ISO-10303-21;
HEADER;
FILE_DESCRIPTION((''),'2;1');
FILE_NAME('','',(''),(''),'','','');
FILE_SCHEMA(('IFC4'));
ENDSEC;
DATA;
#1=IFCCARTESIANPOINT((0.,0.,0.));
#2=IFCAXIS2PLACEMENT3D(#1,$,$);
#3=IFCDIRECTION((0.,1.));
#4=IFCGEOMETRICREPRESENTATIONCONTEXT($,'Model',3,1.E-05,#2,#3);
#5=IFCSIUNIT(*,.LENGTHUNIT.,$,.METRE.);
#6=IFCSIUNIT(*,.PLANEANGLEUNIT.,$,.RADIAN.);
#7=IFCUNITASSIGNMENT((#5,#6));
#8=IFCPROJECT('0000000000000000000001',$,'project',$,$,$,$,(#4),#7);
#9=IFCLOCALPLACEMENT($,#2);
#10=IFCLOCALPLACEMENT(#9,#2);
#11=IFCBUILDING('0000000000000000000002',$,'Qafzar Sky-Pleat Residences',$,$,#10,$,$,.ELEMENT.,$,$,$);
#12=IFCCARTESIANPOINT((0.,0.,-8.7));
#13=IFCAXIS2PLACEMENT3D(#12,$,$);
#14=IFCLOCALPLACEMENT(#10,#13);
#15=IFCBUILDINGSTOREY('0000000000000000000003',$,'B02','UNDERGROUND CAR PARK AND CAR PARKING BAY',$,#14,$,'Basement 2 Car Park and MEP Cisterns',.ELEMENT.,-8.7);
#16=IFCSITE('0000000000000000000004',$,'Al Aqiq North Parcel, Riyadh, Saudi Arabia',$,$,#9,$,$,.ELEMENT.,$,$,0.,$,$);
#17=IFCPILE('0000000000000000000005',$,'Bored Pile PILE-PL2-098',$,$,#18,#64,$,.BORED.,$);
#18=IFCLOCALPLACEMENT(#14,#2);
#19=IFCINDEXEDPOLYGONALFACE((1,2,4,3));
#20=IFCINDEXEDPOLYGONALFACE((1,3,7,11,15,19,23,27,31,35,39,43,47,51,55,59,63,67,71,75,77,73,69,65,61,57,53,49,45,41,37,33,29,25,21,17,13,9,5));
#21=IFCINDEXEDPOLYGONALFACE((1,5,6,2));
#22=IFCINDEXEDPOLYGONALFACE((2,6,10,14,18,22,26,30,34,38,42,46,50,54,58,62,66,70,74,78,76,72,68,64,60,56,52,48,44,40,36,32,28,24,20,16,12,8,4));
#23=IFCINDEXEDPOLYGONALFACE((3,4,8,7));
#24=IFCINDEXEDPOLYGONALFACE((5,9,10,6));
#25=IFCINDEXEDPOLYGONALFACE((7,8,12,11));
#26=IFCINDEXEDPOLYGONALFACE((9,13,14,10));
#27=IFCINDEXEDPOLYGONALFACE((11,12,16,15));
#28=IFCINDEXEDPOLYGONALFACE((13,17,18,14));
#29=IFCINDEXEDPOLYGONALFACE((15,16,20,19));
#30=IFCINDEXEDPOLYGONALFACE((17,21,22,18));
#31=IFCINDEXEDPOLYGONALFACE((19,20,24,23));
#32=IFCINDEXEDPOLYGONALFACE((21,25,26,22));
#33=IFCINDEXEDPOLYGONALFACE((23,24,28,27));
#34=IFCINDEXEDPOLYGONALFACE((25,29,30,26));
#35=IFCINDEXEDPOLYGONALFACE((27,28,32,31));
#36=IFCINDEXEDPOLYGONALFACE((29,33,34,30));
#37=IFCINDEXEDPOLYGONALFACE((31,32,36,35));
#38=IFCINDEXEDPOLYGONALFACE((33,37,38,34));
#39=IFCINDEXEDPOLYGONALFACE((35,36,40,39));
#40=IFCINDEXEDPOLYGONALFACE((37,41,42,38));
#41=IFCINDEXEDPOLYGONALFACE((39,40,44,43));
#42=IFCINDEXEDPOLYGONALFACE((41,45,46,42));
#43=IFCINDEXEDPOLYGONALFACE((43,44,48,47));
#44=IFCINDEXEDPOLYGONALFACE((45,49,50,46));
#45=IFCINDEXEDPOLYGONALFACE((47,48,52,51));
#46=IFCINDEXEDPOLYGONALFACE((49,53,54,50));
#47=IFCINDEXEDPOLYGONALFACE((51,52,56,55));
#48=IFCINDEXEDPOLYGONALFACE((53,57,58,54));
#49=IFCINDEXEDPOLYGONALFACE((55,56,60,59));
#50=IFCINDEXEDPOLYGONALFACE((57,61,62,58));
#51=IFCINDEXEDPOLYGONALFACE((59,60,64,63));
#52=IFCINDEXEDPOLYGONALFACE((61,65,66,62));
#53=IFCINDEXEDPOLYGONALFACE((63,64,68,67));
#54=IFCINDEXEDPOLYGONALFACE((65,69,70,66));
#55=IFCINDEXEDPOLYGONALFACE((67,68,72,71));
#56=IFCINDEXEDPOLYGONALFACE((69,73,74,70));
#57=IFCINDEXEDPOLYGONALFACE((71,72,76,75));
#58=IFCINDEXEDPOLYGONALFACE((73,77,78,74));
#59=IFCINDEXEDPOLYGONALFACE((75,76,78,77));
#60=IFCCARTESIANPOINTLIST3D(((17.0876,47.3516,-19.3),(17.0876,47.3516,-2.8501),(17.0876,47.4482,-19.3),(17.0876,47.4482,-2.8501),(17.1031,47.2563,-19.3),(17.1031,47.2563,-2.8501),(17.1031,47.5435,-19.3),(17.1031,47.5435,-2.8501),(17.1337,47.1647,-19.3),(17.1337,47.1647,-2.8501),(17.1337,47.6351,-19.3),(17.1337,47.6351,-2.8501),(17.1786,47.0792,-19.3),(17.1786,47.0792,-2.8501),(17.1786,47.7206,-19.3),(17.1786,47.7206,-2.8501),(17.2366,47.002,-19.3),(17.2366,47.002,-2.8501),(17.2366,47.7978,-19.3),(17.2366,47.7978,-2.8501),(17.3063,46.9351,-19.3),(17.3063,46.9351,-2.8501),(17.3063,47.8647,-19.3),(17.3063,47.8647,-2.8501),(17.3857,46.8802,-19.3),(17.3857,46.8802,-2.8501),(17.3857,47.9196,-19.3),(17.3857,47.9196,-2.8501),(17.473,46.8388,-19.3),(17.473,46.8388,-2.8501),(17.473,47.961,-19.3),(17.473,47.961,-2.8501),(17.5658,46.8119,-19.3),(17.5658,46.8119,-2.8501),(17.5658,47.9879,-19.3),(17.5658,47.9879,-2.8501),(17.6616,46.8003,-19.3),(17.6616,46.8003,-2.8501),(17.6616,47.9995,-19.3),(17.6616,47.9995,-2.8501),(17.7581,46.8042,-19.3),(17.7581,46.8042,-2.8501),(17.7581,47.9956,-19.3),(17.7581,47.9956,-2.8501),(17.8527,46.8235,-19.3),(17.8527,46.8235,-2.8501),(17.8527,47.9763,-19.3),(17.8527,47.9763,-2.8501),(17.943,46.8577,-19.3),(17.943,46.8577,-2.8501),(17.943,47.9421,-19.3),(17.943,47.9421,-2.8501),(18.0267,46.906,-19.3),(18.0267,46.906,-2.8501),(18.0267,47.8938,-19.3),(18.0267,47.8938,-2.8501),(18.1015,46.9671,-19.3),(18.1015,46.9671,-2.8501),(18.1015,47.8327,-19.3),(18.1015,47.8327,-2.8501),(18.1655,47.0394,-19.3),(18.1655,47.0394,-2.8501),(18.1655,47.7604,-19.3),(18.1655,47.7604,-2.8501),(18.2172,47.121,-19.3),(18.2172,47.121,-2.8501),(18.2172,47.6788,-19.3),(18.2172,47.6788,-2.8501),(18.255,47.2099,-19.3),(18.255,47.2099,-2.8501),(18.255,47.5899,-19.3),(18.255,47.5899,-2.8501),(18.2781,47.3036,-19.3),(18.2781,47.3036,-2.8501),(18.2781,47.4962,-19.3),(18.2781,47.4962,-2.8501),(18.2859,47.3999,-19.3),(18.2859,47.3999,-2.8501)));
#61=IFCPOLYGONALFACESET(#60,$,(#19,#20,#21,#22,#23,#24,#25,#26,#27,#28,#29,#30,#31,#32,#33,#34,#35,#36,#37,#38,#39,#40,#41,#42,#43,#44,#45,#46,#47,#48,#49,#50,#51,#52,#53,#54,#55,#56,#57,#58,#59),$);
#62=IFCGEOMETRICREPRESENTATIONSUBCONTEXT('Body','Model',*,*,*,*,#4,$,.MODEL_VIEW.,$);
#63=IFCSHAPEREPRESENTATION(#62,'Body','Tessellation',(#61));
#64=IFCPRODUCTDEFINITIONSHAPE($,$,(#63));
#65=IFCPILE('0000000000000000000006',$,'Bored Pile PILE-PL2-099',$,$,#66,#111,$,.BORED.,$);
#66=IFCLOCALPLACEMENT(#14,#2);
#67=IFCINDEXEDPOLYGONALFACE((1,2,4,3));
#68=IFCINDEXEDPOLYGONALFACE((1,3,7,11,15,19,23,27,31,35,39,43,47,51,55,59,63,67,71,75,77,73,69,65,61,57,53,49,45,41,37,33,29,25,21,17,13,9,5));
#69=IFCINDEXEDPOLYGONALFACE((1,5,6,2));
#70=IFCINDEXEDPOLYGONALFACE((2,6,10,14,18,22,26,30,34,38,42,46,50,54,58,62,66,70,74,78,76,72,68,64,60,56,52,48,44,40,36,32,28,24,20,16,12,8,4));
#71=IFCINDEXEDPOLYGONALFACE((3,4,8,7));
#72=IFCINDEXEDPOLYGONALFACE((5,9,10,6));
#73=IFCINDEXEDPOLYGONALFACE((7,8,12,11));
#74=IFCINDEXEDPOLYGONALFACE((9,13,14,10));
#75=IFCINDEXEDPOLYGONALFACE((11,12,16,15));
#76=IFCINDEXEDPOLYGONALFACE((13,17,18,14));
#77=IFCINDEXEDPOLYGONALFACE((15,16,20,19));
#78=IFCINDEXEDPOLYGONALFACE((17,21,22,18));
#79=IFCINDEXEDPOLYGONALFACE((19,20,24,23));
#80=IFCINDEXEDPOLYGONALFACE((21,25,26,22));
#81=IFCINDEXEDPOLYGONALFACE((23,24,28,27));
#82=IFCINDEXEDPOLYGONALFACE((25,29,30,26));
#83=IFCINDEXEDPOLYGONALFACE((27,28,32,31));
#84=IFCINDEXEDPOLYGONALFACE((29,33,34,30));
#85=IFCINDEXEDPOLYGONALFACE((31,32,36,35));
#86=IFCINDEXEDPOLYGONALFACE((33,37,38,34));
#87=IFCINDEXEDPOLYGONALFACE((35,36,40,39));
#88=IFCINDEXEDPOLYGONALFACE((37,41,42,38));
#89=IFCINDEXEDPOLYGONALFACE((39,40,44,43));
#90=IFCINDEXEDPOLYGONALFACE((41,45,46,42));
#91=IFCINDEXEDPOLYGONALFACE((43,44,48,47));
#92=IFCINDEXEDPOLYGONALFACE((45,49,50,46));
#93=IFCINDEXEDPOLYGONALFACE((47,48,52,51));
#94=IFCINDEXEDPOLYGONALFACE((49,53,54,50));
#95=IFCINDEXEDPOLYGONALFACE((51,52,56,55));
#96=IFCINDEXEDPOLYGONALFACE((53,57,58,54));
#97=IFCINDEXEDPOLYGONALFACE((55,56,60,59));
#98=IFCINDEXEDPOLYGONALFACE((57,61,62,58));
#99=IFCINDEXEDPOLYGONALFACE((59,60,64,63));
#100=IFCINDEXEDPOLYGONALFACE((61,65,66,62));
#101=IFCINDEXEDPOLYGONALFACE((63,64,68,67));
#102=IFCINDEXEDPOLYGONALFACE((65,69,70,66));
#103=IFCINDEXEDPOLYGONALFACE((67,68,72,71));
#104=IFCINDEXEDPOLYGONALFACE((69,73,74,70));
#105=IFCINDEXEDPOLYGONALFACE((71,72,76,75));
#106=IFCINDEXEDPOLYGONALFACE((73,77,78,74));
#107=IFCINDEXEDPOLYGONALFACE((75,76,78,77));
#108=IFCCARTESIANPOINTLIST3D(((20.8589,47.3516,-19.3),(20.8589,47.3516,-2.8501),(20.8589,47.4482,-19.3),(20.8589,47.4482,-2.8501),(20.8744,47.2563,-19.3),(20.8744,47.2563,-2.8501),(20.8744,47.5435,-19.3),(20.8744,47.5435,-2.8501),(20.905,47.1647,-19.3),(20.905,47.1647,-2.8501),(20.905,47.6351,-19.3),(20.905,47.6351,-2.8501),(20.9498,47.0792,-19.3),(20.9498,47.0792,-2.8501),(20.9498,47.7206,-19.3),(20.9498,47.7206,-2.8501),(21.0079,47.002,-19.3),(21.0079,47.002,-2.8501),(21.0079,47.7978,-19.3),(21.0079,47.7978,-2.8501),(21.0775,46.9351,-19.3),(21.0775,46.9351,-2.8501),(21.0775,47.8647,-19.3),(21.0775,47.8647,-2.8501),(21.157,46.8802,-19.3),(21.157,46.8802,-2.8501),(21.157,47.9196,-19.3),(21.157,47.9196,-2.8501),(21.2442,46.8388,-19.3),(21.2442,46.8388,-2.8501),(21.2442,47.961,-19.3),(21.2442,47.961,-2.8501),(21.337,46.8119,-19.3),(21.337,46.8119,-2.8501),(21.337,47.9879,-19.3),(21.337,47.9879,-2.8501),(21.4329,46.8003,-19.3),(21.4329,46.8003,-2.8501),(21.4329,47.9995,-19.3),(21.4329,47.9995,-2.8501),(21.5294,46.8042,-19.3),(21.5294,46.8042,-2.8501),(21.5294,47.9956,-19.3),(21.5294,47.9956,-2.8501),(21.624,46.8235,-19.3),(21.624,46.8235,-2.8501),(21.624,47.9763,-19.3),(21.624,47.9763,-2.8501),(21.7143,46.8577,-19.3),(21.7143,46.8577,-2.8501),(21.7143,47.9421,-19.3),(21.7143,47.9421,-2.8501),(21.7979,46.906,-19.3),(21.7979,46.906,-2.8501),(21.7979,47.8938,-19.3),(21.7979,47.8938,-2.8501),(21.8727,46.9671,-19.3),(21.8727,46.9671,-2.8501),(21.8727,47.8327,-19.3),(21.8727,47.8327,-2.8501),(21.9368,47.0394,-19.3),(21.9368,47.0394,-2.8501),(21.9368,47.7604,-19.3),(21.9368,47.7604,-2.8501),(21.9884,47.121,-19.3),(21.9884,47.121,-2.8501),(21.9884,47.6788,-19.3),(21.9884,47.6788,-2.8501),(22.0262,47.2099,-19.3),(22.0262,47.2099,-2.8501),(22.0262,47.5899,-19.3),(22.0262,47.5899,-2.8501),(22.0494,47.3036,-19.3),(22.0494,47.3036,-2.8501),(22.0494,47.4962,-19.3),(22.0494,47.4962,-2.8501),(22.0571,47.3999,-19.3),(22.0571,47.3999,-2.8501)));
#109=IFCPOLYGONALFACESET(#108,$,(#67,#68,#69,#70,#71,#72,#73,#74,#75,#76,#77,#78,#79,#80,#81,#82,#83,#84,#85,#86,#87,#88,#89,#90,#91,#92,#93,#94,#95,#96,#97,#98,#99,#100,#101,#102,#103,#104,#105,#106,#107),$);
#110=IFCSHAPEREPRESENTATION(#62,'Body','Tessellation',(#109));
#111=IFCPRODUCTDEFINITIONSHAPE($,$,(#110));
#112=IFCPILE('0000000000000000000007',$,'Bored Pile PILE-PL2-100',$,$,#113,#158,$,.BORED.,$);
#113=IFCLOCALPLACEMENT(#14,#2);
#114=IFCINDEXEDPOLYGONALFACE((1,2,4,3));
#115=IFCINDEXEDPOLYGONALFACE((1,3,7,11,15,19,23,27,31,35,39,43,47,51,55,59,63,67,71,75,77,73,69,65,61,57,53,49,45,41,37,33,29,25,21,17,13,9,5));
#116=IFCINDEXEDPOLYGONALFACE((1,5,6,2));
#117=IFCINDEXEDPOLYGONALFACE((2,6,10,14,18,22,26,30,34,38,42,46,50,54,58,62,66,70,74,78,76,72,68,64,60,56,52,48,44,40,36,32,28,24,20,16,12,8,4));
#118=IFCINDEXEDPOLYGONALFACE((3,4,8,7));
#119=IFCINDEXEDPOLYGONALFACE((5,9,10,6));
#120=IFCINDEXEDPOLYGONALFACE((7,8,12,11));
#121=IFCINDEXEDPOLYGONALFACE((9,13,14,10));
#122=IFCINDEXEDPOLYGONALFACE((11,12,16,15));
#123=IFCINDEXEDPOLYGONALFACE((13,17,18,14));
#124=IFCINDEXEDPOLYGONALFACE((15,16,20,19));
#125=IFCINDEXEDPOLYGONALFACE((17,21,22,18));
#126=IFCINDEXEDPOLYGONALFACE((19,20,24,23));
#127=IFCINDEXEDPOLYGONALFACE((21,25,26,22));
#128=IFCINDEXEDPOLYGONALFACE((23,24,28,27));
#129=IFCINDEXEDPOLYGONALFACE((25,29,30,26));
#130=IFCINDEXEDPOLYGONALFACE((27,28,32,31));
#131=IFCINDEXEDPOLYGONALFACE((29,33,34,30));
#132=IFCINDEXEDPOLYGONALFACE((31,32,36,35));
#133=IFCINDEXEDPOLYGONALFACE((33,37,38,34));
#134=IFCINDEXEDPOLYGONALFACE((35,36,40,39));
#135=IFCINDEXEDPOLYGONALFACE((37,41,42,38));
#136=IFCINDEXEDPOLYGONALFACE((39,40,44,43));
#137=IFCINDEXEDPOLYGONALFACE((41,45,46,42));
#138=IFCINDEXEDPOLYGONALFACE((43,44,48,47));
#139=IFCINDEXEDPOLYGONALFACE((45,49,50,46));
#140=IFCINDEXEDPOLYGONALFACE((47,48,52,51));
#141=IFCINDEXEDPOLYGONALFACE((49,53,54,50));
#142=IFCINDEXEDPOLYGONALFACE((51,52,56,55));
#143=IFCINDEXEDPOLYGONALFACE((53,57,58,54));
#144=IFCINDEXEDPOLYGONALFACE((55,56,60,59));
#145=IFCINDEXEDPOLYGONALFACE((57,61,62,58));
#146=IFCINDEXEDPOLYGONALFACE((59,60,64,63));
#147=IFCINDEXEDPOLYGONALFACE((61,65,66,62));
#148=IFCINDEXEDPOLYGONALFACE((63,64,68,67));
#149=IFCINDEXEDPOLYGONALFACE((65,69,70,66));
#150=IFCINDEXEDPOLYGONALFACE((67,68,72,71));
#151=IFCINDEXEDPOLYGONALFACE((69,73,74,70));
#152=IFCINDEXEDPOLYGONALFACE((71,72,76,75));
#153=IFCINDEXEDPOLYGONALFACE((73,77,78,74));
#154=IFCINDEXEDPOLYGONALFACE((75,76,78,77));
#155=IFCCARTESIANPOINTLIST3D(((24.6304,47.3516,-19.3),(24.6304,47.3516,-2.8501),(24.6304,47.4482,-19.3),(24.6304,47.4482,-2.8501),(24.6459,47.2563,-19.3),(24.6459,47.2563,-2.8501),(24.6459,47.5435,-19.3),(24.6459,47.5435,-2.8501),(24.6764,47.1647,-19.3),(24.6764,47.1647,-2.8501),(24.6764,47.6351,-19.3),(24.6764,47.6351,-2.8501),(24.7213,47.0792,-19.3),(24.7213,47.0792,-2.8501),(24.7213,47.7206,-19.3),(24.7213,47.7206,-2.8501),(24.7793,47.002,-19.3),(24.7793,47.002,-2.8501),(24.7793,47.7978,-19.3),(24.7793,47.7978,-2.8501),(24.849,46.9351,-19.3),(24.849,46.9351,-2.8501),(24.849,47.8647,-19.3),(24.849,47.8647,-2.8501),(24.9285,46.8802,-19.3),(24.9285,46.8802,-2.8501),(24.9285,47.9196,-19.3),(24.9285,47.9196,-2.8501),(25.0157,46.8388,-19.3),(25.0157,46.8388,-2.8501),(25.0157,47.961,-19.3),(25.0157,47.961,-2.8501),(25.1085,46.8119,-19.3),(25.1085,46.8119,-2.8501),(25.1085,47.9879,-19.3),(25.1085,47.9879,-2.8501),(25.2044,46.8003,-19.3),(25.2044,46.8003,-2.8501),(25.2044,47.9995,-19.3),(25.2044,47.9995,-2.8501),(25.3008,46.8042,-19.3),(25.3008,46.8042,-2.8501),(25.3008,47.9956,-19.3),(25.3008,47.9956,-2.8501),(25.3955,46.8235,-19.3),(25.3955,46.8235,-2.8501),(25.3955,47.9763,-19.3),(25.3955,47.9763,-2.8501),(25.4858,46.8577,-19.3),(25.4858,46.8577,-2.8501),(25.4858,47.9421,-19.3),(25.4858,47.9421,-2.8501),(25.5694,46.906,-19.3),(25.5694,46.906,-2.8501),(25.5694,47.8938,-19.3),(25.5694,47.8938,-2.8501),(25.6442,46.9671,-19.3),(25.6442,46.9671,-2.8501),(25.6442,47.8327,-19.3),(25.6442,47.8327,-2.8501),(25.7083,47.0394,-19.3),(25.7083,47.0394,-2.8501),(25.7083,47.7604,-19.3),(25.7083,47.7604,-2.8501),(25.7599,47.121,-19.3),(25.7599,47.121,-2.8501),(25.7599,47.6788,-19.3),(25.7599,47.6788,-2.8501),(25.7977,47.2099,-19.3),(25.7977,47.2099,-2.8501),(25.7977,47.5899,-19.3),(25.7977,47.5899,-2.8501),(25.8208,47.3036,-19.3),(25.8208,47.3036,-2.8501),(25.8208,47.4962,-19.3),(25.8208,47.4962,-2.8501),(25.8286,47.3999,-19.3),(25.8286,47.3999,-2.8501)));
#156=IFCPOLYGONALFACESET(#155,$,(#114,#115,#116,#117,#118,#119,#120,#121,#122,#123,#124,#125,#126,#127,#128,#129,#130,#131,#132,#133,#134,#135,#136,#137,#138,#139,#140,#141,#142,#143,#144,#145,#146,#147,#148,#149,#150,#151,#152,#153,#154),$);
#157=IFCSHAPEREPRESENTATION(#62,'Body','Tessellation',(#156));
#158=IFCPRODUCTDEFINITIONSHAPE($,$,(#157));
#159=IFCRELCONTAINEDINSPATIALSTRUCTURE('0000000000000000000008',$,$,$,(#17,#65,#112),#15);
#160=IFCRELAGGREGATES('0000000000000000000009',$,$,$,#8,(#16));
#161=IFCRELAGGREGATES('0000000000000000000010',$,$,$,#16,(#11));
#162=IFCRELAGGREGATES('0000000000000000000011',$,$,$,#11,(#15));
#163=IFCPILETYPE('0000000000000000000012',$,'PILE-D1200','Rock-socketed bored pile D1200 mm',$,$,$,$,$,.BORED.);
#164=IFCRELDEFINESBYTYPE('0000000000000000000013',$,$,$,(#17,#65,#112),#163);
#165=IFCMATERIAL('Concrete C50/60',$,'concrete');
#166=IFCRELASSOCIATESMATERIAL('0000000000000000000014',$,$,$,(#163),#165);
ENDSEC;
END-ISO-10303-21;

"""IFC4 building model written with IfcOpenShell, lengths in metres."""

from ifc_helpers import new_model, si_unit, direction, frame, origin, origin_2d, place, context, subcontext, project, spatial, circle, extrude, source, transform, mapped, material, material_profile, profile_set, type_object, element, save


model = new_model("IFC4")

# Units and contexts
model_context = context("Model", 3, precision=1e-05, world=origin(), true_north=direction((0.0, 1.0)))
body_context = subcontext(model_context, "Body", "Model", "MODEL_VIEW")
ifc_project = project(units=[si_unit("LENGTHUNIT", "METRE"), si_unit("PLANEANGLEUNIT", "RADIAN")], contexts=[model_context])

# Site, building, storey
site_placement = place(None, origin())
site = spatial("IfcSite", under=ifc_project, at=site_placement, Name="Al Aqiq North Parcel, Riyadh, Saudi Arabia", CompositionType="ELEMENT", RefElevation=0.0)
building_placement = place(site_placement, origin())
building = spatial("IfcBuilding", under=site, at=building_placement, Name="Qafzar Sky-Pleat Residences", CompositionType="ELEMENT")
storey_placement = place(building_placement, frame((0.0, 0.0, -8.7)))
storey = spatial("IfcBuildingStorey", under=building, at=storey_placement, Name="B02", Description="UNDERGROUND CAR PARK AND CAR PARKING BAY", LongName="Basement 2 Car Park and MEP Cisterns", CompositionType="ELEMENT", Elevation=-8.7)

# Piles
ifc_material_1 = material(Name="Concrete C50/60", Category="concrete")
ifc_material_profile_1 = material_profile(ifc_material_1, circle(Radius=0.6001, at=origin_2d()), Name="PILE D1200")
ifc_profile_set_1 = profile_set([ifc_material_profile_1], Name="Concrete C50/60")
pile_type_1 = type_object("IfcPileType", Name="PILE-D1200", Description="Rock-socketed bored pile D1200 mm", PredefinedType="BORED", material=ifc_profile_set_1)
shared_shape_1 = source(origin(), body_context, "Body", "SweptSolid", [
    extrude(circle(Radius=0.6001, at=origin_2d()), origin(), (0.0, 0.0, 1.0), 16.45),
])
for number, where, z_axis, x_axis, name in (
    (1, (17.6858, 47.3999, -2.8501), (0.0, 0.0, -1.0), (1.0, 0.0, 0.0), "Bored Pile PILE-PL2-098"),
    (2, (21.457, 47.3999, -2.8501), (0.0, 0.0, -1.0), (1.0, 0.0, 0.0), "Bored Pile PILE-PL2-099"),
    (3, (25.2285, 47.3999, -2.8501), (0.0, 0.0, -1.0), (1.0, 0.0, 0.0), "Bored Pile PILE-PL2-100"),
):
    element("IfcPile", number, at=place(storey_placement, frame(where, z_axis=z_axis, x_axis=x_axis)), inside=storey, type_object=pile_type_1, Name=name, PredefinedType="BORED", context=body_context, shape_type="MappedRepresentation", body=[
        mapped(shared_shape_1, transform((0.0, 0.0, 0.0), x_axis=(1.0, 0.0, 0.0), y_axis=(0.0, 1.0, 0.0), z_axis=(0.0, 0.0, 1.0), scale=1.0)),
    ])

save(model, "model.ifc")
